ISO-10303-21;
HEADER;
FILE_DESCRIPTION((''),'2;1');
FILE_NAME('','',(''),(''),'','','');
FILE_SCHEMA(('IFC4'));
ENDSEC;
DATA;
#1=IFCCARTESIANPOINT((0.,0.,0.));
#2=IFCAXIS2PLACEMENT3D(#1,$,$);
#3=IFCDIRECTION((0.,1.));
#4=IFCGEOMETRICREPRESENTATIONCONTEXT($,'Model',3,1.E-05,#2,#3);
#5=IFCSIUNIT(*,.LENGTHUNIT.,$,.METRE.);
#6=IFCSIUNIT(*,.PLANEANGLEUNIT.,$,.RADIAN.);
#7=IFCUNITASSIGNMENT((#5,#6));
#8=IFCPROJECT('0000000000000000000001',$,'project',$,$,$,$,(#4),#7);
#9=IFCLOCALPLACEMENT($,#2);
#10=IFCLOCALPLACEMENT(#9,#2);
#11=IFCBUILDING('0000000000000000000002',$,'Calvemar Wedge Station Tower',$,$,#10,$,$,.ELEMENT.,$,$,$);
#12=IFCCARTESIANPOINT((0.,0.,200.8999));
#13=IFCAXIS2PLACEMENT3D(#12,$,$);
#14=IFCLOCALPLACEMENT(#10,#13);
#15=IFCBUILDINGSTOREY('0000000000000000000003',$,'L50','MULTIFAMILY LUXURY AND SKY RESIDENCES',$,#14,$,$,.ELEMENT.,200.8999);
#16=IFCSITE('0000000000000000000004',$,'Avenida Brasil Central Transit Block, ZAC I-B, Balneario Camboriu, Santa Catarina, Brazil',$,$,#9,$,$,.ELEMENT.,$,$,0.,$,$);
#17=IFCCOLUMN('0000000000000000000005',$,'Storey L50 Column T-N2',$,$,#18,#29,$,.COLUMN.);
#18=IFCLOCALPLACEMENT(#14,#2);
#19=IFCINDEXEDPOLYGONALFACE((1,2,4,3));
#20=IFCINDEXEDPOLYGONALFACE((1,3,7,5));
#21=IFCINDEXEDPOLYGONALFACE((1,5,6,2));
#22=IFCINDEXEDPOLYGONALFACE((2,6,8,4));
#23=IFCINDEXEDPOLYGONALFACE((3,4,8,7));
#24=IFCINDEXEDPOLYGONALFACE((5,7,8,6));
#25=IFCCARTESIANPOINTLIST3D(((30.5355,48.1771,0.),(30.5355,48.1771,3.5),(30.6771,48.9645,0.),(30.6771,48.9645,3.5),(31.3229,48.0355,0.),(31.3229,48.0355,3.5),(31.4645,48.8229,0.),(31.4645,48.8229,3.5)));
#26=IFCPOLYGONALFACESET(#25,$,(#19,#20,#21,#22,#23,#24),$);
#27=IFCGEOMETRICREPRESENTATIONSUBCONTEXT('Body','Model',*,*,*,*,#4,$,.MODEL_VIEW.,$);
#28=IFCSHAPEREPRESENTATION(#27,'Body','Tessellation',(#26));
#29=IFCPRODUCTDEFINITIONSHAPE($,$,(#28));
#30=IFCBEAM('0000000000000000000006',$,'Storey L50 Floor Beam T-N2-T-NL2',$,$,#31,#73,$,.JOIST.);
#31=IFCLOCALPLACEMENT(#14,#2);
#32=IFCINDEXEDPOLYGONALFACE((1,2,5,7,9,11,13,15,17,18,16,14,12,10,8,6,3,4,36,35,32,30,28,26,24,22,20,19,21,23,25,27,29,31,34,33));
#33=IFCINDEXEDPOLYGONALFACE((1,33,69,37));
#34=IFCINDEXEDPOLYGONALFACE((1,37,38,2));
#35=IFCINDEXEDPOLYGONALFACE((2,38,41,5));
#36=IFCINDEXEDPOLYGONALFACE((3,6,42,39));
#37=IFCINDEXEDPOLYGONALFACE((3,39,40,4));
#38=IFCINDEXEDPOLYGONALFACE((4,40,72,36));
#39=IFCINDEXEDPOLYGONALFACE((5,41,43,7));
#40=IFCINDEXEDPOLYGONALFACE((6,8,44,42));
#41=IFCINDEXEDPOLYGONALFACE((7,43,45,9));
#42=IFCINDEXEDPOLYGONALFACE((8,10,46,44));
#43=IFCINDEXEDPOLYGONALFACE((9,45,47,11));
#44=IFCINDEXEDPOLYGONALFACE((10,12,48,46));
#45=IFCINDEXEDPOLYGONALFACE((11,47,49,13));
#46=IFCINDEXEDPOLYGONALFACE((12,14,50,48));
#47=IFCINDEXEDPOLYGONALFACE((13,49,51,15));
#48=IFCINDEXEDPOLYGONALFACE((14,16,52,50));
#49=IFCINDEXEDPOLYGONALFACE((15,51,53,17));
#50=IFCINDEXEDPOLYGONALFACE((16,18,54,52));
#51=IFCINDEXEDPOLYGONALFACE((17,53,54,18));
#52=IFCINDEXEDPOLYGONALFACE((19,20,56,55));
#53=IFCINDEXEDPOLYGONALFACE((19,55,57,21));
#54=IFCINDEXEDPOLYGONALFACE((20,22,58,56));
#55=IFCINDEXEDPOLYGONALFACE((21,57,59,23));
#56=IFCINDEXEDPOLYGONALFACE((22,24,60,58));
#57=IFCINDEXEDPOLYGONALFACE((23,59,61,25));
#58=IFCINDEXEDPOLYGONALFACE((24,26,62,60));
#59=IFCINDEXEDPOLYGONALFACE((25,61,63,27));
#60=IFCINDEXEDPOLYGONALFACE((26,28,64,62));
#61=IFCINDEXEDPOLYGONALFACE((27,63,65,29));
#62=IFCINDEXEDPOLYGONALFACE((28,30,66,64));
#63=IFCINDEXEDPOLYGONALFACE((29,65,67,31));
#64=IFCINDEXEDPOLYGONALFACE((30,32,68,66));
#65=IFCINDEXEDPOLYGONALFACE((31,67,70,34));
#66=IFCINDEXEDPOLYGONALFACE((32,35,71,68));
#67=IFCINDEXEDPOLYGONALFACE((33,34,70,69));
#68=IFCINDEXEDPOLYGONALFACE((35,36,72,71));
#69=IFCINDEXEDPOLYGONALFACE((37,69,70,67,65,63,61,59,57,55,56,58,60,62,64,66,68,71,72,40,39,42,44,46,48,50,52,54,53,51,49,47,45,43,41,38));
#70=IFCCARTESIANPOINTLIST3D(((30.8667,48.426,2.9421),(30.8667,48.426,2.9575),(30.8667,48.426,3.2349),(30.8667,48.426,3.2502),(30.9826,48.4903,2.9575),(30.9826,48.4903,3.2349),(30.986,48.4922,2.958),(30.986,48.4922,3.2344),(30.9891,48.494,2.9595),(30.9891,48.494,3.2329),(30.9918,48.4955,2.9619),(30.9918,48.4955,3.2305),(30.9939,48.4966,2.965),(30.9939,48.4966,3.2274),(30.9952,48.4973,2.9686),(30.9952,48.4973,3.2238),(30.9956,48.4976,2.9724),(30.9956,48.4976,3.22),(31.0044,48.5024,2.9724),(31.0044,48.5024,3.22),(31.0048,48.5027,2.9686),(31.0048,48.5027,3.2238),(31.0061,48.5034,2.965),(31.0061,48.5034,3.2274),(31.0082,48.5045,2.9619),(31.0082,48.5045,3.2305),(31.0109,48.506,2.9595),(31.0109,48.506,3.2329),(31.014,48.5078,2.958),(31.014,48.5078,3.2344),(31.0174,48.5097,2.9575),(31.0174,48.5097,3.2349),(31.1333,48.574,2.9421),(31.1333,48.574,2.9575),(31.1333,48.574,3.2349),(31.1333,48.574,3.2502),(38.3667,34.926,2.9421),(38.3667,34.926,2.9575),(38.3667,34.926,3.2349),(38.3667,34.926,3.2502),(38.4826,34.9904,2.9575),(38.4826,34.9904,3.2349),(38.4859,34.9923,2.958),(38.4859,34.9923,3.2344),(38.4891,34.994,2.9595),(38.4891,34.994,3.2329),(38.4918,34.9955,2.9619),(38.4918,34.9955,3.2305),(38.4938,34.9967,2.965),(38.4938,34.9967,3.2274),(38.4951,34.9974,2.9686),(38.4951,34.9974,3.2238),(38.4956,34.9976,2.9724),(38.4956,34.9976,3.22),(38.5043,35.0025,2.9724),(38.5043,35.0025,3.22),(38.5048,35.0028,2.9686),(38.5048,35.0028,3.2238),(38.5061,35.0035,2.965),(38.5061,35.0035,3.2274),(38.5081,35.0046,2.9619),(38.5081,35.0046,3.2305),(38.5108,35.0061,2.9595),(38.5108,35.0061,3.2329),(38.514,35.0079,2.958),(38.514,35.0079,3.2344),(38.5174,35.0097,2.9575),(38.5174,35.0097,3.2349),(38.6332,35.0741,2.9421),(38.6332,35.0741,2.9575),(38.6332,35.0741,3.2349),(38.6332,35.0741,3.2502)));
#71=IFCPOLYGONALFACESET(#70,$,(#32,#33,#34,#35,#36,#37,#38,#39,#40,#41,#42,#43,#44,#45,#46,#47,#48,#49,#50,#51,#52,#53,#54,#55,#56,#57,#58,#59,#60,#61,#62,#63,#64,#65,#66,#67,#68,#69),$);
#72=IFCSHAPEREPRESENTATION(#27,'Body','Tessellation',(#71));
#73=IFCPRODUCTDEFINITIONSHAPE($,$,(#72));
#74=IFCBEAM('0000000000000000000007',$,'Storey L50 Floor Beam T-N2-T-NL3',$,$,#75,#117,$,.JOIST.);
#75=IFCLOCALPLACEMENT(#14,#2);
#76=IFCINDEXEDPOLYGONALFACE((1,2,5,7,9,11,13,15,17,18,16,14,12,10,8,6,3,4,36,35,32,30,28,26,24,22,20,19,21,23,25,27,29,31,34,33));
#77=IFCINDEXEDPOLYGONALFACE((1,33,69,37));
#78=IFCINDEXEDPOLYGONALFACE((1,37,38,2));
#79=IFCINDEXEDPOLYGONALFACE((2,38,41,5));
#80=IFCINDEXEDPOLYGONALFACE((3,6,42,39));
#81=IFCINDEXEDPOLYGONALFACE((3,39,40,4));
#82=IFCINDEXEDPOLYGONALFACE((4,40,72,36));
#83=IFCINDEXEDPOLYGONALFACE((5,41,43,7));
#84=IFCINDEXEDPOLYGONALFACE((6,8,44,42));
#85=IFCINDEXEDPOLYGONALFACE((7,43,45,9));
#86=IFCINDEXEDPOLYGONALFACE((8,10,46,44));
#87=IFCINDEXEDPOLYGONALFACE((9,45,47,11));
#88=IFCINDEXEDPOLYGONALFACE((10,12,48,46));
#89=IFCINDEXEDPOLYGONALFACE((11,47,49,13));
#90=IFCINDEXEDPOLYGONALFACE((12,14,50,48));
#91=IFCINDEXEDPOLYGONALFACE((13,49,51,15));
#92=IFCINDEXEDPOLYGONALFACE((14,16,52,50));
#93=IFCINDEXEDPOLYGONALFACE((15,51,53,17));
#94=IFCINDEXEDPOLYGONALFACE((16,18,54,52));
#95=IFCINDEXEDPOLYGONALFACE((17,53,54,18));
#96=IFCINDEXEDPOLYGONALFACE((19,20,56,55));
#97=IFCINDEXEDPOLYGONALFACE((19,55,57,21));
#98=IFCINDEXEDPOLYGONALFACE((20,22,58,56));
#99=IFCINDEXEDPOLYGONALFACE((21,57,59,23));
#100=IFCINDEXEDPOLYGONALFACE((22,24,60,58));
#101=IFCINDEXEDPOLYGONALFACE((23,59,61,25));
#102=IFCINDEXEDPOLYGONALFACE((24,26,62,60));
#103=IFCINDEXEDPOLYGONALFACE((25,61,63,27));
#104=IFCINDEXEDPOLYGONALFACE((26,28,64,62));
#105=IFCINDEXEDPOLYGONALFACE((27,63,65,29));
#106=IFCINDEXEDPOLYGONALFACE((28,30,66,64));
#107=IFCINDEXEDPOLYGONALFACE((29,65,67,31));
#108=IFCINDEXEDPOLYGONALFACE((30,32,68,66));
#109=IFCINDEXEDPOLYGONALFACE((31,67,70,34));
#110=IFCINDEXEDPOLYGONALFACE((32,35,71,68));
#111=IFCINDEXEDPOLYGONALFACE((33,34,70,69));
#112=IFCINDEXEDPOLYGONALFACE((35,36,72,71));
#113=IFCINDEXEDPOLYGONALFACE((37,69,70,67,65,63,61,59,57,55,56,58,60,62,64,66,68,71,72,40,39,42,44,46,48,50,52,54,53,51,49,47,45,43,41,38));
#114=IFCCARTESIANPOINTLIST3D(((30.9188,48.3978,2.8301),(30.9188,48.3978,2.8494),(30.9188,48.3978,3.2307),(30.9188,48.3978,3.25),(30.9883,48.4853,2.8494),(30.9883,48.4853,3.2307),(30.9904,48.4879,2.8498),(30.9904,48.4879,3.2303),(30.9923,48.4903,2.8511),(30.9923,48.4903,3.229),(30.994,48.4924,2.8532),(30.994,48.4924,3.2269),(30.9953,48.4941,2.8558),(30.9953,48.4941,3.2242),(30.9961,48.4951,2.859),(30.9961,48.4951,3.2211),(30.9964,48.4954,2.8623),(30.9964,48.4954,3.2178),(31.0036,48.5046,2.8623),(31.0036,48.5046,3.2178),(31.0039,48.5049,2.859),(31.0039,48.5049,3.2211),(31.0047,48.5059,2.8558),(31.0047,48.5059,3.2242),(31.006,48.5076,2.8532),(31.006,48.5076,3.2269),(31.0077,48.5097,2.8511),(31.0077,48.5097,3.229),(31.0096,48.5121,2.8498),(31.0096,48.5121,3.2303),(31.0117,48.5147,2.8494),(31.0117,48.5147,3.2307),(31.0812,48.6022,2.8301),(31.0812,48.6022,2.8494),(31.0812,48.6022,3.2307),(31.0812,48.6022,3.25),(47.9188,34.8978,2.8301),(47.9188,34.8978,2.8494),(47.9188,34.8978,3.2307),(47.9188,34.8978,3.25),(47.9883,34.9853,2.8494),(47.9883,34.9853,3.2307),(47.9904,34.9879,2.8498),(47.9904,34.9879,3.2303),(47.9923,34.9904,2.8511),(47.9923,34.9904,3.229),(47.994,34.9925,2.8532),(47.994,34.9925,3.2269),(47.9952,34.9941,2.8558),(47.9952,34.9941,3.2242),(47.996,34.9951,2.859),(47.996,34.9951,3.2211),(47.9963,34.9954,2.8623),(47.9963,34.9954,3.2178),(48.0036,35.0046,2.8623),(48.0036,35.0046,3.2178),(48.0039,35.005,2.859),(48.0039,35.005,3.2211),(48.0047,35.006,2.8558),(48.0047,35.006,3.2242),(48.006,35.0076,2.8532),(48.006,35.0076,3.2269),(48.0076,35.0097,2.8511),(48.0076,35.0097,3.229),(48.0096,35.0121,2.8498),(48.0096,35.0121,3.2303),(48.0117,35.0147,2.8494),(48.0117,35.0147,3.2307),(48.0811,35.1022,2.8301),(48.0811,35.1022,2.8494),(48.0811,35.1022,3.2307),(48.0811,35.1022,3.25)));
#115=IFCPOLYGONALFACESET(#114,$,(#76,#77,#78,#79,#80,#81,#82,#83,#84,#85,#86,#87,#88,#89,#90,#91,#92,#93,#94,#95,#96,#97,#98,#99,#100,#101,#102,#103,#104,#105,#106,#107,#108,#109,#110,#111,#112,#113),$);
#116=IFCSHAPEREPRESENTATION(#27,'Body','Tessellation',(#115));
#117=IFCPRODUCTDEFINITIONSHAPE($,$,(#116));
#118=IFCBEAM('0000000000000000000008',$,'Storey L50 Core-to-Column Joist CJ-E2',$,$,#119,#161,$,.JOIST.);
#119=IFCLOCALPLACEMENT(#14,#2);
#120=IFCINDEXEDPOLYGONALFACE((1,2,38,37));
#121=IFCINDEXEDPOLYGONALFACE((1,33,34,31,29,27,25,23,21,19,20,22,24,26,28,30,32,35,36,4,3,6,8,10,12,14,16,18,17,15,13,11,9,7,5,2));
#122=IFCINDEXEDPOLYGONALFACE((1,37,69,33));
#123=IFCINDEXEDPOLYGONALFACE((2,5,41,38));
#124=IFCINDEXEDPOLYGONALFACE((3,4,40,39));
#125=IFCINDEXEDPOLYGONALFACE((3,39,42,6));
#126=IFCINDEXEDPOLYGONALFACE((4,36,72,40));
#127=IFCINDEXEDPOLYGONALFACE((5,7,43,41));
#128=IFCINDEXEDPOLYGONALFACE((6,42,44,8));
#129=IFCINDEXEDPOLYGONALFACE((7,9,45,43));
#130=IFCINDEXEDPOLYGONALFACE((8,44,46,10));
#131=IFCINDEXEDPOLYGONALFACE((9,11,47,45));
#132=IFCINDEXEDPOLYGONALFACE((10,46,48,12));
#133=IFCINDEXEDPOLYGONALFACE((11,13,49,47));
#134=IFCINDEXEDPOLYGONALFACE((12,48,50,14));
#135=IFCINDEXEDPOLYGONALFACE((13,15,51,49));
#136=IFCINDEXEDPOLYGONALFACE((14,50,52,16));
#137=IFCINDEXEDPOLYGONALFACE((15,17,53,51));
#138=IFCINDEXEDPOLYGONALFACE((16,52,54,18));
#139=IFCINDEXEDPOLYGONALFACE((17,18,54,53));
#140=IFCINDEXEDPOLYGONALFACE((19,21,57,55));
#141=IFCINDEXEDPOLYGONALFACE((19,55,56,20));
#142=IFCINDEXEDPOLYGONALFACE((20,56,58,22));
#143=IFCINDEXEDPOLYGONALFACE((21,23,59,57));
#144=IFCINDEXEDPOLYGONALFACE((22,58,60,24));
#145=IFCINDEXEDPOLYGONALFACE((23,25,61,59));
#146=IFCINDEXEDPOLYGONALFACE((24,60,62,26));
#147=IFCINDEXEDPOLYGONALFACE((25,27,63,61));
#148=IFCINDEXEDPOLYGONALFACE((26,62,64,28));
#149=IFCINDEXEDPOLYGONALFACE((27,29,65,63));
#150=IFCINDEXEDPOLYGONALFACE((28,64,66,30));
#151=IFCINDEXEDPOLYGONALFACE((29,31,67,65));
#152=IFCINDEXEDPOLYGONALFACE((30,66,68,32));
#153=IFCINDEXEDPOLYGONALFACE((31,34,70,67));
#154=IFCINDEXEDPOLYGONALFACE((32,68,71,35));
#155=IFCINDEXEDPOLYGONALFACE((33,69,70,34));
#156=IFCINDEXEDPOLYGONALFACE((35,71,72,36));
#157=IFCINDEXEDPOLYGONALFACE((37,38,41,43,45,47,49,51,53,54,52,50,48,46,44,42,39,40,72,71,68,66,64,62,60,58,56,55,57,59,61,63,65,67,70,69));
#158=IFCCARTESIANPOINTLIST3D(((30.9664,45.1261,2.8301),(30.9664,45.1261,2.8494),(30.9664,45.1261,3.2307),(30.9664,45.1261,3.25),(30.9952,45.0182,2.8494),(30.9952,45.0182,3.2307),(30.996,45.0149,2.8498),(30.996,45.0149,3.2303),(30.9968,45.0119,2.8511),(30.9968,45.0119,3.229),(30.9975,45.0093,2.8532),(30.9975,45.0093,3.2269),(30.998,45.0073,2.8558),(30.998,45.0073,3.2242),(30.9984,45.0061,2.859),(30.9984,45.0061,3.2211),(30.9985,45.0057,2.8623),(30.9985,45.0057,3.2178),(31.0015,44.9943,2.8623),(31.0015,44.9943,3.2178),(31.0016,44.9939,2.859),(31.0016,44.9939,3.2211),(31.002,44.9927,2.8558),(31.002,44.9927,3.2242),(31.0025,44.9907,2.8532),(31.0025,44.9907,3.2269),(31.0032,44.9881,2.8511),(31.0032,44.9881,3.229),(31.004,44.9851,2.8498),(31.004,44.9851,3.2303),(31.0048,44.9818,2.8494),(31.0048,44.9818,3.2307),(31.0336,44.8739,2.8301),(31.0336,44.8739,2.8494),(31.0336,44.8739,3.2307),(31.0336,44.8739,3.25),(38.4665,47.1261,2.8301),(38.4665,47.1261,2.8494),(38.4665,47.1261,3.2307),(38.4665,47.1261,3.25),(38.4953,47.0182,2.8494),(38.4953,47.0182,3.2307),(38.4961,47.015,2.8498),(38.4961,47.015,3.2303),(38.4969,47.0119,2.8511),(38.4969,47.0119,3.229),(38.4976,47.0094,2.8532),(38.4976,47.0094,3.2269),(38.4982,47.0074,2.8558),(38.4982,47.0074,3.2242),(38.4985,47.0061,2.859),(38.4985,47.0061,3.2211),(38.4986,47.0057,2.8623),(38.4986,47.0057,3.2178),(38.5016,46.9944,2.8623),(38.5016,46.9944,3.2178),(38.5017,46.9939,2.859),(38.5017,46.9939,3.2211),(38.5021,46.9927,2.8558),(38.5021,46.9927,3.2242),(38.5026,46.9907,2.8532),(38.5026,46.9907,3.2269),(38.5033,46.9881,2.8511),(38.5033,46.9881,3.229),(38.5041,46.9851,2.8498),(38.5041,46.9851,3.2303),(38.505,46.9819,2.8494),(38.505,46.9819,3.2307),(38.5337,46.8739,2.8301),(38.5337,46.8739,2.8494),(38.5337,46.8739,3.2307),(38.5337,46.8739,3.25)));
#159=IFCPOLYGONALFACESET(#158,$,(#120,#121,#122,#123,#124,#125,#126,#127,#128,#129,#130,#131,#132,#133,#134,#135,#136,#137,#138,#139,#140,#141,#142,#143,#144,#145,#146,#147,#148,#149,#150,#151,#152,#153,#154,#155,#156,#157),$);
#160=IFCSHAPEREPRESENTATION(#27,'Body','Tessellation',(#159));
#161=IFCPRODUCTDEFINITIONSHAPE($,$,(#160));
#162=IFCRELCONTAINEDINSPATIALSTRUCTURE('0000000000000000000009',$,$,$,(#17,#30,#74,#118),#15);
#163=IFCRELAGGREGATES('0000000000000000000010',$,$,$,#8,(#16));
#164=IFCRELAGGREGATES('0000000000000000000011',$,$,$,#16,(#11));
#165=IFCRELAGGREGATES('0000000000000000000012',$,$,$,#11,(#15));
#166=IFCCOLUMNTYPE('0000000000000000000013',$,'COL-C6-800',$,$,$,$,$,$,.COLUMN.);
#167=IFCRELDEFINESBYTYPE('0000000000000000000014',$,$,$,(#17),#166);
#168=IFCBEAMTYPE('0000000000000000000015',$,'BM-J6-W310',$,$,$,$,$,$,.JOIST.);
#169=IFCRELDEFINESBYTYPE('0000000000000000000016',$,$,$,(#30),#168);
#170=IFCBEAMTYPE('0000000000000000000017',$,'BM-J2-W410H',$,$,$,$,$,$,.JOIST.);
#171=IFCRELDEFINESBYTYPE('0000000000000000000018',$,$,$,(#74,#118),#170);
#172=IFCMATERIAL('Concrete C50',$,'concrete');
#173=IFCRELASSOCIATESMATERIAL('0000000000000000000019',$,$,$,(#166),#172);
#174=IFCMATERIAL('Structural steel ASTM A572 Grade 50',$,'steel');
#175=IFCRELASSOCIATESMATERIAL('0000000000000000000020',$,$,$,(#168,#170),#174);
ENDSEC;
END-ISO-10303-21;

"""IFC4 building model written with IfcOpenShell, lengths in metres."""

from ifc_helpers import new_model, si_unit, direction, frame, origin, origin_2d, place, context, subcontext, project, spatial, rectangle, i_section, extrude, source, transform, mapped, material, material_profile, profile_set, type_object, element, save


model = new_model("IFC4")

# Units and contexts
model_context = context("Model", 3, precision=1e-05, world=origin(), true_north=direction((0.0, 1.0)))
body_context = subcontext(model_context, "Body", "Model", "MODEL_VIEW")
ifc_project = project(units=[si_unit("LENGTHUNIT", "METRE"), si_unit("PLANEANGLEUNIT", "RADIAN")], contexts=[model_context])

# Site, building, storey
site_placement = place(None, origin())
site = spatial("IfcSite", under=ifc_project, at=site_placement, Name="Avenida Brasil Central Transit Block, ZAC I-B, Balneario Camboriu, Santa Catarina, Brazil", CompositionType="ELEMENT", RefElevation=0.0)
building_placement = place(site_placement, origin())
building = spatial("IfcBuilding", under=site, at=building_placement, Name="Calvemar Wedge Station Tower", CompositionType="ELEMENT")
storey_placement = place(building_placement, frame((0.0, 0.0, 200.8999)))
storey = spatial("IfcBuildingStorey", under=building, at=storey_placement, Name="L50", Description="MULTIFAMILY LUXURY AND SKY RESIDENCES", CompositionType="ELEMENT", Elevation=200.8999)

# Column
ifc_material_1 = material(Name="Concrete C50", Category="concrete")
ifc_material_profile_1 = material_profile(ifc_material_1, rectangle(XDim=0.8, YDim=0.8, at=origin_2d()), Name="RC800x800")
ifc_profile_set_1 = profile_set([ifc_material_profile_1], Name="Concrete C50")
column_type = type_object("IfcColumnType", Name="COL-C6-800", PredefinedType="COLUMN", material=ifc_profile_set_1)
shared_shape_1 = source(origin(), body_context, "Body", "SweptSolid", [
    extrude(rectangle(XDim=0.8, YDim=0.8, at=origin_2d()), origin(), (0.0, 0.0, 1.0), 3.5),
])
column_placement = place(storey_placement, frame((31.0, 48.5, 0.0), z_axis=(0.0, 0.0, 1.0), x_axis=(0.984196, -0.177085, 0.0)))
element("IfcColumn", 1, at=column_placement, inside=storey, type_object=column_type, Name="Storey L50 Column T-N2", PredefinedType="COLUMN", context=body_context, shape_type="MappedRepresentation", body=[
    mapped(shared_shape_1, transform((0.0, 0.0, 0.0), scale=1.0)),
])

# Beams
ifc_material_2 = material(Name="Structural steel ASTM A572 Grade 50", Category="steel")
ifc_material_profile_2 = material_profile(ifc_material_2, i_section(OverallWidth=0.3049, OverallDepth=0.3081, WebThickness=0.01, FlangeThickness=0.0154, FilletRadius=0.0149, at=origin_2d()), Name="W310x97")
ifc_profile_set_2 = profile_set([ifc_material_profile_2], Name="Structural steel ASTM A572 Grade 50")
beam_type_1 = type_object("IfcBeamType", Name="BM-J6-W310", PredefinedType="JOIST", material=ifc_profile_set_2)
shared_shape_2 = source(origin(), body_context, "Body", "SweptSolid", [
    extrude(i_section(OverallWidth=0.3049, OverallDepth=0.3081, WebThickness=0.01, FlangeThickness=0.0154, FilletRadius=0.0149, at=origin_2d()), origin(), (0.0, 0.0, 1.0), 15.4434),
])
beam_1_placement = place(storey_placement, frame((31.0, 48.5, 3.0962), z_axis=(0.485643, -0.874157, 0.0), x_axis=(0.874157, 0.485643, 0.0)))
element("IfcBeam", 2, at=beam_1_placement, inside=storey, type_object=beam_type_1, Name="Storey L50 Floor Beam T-N2-T-NL2", PredefinedType="JOIST", context=body_context, shape_type="MappedRepresentation", body=[
    mapped(shared_shape_2, transform((0.0, 0.0, 0.0), scale=1.0)),
])
ifc_material_profile_3 = material_profile(ifc_material_2, i_section(OverallWidth=0.261, OverallDepth=0.4199, WebThickness=0.0117, FlangeThickness=0.0193, FilletRadius=0.0129, at=origin_2d()), Name="W410x114")
ifc_profile_set_3 = profile_set([ifc_material_profile_3], Name="Structural steel ASTM A572 Grade 50")
beam_type_2 = type_object("IfcBeamType", Name="BM-J2-W410H", PredefinedType="JOIST", material=ifc_profile_set_3)
shared_shape_3 = source(origin(), body_context, "Body", "SweptSolid", [
    extrude(i_section(OverallWidth=0.261, OverallDepth=0.4199, WebThickness=0.0117, FlangeThickness=0.0193, FilletRadius=0.0129, at=origin_2d()), origin(), (0.0, 0.0, 1.0), 21.7083),
])
beam_2_placement = place(storey_placement, frame((31.0, 48.5, 3.04), z_axis=(0.783111, -0.621882, 0.0), x_axis=(0.621882, 0.783111, 0.0)))
element("IfcBeam", 3, at=beam_2_placement, inside=storey, type_object=beam_type_2, Name="Storey L50 Floor Beam T-N2-T-NL3", PredefinedType="JOIST", context=body_context, shape_type="MappedRepresentation", body=[
    mapped(shared_shape_3, transform((0.0, 0.0, 0.0), scale=1.0)),
])
shared_shape_4 = source(origin(), body_context, "Body", "SweptSolid", [
    extrude(i_section(OverallWidth=0.261, OverallDepth=0.4199, WebThickness=0.0117, FlangeThickness=0.0193, FilletRadius=0.0129, at=origin_2d()), origin(), (0.0, 0.0, 1.0), 7.7622),
])
beam_3_placement = place(storey_placement, frame((31.0, 45.0, 3.04), z_axis=(0.966235, 0.257663, 0.0), x_axis=(-0.257663, 0.966235, 0.0)))
element("IfcBeam", 4, at=beam_3_placement, inside=storey, type_object=beam_type_2, Name="Storey L50 Core-to-Column Joist CJ-E2", PredefinedType="JOIST", context=body_context, shape_type="MappedRepresentation", body=[
    mapped(shared_shape_4, transform((0.0, 0.0, 0.0), scale=1.0)),
])

save(model, "model.ifc")
